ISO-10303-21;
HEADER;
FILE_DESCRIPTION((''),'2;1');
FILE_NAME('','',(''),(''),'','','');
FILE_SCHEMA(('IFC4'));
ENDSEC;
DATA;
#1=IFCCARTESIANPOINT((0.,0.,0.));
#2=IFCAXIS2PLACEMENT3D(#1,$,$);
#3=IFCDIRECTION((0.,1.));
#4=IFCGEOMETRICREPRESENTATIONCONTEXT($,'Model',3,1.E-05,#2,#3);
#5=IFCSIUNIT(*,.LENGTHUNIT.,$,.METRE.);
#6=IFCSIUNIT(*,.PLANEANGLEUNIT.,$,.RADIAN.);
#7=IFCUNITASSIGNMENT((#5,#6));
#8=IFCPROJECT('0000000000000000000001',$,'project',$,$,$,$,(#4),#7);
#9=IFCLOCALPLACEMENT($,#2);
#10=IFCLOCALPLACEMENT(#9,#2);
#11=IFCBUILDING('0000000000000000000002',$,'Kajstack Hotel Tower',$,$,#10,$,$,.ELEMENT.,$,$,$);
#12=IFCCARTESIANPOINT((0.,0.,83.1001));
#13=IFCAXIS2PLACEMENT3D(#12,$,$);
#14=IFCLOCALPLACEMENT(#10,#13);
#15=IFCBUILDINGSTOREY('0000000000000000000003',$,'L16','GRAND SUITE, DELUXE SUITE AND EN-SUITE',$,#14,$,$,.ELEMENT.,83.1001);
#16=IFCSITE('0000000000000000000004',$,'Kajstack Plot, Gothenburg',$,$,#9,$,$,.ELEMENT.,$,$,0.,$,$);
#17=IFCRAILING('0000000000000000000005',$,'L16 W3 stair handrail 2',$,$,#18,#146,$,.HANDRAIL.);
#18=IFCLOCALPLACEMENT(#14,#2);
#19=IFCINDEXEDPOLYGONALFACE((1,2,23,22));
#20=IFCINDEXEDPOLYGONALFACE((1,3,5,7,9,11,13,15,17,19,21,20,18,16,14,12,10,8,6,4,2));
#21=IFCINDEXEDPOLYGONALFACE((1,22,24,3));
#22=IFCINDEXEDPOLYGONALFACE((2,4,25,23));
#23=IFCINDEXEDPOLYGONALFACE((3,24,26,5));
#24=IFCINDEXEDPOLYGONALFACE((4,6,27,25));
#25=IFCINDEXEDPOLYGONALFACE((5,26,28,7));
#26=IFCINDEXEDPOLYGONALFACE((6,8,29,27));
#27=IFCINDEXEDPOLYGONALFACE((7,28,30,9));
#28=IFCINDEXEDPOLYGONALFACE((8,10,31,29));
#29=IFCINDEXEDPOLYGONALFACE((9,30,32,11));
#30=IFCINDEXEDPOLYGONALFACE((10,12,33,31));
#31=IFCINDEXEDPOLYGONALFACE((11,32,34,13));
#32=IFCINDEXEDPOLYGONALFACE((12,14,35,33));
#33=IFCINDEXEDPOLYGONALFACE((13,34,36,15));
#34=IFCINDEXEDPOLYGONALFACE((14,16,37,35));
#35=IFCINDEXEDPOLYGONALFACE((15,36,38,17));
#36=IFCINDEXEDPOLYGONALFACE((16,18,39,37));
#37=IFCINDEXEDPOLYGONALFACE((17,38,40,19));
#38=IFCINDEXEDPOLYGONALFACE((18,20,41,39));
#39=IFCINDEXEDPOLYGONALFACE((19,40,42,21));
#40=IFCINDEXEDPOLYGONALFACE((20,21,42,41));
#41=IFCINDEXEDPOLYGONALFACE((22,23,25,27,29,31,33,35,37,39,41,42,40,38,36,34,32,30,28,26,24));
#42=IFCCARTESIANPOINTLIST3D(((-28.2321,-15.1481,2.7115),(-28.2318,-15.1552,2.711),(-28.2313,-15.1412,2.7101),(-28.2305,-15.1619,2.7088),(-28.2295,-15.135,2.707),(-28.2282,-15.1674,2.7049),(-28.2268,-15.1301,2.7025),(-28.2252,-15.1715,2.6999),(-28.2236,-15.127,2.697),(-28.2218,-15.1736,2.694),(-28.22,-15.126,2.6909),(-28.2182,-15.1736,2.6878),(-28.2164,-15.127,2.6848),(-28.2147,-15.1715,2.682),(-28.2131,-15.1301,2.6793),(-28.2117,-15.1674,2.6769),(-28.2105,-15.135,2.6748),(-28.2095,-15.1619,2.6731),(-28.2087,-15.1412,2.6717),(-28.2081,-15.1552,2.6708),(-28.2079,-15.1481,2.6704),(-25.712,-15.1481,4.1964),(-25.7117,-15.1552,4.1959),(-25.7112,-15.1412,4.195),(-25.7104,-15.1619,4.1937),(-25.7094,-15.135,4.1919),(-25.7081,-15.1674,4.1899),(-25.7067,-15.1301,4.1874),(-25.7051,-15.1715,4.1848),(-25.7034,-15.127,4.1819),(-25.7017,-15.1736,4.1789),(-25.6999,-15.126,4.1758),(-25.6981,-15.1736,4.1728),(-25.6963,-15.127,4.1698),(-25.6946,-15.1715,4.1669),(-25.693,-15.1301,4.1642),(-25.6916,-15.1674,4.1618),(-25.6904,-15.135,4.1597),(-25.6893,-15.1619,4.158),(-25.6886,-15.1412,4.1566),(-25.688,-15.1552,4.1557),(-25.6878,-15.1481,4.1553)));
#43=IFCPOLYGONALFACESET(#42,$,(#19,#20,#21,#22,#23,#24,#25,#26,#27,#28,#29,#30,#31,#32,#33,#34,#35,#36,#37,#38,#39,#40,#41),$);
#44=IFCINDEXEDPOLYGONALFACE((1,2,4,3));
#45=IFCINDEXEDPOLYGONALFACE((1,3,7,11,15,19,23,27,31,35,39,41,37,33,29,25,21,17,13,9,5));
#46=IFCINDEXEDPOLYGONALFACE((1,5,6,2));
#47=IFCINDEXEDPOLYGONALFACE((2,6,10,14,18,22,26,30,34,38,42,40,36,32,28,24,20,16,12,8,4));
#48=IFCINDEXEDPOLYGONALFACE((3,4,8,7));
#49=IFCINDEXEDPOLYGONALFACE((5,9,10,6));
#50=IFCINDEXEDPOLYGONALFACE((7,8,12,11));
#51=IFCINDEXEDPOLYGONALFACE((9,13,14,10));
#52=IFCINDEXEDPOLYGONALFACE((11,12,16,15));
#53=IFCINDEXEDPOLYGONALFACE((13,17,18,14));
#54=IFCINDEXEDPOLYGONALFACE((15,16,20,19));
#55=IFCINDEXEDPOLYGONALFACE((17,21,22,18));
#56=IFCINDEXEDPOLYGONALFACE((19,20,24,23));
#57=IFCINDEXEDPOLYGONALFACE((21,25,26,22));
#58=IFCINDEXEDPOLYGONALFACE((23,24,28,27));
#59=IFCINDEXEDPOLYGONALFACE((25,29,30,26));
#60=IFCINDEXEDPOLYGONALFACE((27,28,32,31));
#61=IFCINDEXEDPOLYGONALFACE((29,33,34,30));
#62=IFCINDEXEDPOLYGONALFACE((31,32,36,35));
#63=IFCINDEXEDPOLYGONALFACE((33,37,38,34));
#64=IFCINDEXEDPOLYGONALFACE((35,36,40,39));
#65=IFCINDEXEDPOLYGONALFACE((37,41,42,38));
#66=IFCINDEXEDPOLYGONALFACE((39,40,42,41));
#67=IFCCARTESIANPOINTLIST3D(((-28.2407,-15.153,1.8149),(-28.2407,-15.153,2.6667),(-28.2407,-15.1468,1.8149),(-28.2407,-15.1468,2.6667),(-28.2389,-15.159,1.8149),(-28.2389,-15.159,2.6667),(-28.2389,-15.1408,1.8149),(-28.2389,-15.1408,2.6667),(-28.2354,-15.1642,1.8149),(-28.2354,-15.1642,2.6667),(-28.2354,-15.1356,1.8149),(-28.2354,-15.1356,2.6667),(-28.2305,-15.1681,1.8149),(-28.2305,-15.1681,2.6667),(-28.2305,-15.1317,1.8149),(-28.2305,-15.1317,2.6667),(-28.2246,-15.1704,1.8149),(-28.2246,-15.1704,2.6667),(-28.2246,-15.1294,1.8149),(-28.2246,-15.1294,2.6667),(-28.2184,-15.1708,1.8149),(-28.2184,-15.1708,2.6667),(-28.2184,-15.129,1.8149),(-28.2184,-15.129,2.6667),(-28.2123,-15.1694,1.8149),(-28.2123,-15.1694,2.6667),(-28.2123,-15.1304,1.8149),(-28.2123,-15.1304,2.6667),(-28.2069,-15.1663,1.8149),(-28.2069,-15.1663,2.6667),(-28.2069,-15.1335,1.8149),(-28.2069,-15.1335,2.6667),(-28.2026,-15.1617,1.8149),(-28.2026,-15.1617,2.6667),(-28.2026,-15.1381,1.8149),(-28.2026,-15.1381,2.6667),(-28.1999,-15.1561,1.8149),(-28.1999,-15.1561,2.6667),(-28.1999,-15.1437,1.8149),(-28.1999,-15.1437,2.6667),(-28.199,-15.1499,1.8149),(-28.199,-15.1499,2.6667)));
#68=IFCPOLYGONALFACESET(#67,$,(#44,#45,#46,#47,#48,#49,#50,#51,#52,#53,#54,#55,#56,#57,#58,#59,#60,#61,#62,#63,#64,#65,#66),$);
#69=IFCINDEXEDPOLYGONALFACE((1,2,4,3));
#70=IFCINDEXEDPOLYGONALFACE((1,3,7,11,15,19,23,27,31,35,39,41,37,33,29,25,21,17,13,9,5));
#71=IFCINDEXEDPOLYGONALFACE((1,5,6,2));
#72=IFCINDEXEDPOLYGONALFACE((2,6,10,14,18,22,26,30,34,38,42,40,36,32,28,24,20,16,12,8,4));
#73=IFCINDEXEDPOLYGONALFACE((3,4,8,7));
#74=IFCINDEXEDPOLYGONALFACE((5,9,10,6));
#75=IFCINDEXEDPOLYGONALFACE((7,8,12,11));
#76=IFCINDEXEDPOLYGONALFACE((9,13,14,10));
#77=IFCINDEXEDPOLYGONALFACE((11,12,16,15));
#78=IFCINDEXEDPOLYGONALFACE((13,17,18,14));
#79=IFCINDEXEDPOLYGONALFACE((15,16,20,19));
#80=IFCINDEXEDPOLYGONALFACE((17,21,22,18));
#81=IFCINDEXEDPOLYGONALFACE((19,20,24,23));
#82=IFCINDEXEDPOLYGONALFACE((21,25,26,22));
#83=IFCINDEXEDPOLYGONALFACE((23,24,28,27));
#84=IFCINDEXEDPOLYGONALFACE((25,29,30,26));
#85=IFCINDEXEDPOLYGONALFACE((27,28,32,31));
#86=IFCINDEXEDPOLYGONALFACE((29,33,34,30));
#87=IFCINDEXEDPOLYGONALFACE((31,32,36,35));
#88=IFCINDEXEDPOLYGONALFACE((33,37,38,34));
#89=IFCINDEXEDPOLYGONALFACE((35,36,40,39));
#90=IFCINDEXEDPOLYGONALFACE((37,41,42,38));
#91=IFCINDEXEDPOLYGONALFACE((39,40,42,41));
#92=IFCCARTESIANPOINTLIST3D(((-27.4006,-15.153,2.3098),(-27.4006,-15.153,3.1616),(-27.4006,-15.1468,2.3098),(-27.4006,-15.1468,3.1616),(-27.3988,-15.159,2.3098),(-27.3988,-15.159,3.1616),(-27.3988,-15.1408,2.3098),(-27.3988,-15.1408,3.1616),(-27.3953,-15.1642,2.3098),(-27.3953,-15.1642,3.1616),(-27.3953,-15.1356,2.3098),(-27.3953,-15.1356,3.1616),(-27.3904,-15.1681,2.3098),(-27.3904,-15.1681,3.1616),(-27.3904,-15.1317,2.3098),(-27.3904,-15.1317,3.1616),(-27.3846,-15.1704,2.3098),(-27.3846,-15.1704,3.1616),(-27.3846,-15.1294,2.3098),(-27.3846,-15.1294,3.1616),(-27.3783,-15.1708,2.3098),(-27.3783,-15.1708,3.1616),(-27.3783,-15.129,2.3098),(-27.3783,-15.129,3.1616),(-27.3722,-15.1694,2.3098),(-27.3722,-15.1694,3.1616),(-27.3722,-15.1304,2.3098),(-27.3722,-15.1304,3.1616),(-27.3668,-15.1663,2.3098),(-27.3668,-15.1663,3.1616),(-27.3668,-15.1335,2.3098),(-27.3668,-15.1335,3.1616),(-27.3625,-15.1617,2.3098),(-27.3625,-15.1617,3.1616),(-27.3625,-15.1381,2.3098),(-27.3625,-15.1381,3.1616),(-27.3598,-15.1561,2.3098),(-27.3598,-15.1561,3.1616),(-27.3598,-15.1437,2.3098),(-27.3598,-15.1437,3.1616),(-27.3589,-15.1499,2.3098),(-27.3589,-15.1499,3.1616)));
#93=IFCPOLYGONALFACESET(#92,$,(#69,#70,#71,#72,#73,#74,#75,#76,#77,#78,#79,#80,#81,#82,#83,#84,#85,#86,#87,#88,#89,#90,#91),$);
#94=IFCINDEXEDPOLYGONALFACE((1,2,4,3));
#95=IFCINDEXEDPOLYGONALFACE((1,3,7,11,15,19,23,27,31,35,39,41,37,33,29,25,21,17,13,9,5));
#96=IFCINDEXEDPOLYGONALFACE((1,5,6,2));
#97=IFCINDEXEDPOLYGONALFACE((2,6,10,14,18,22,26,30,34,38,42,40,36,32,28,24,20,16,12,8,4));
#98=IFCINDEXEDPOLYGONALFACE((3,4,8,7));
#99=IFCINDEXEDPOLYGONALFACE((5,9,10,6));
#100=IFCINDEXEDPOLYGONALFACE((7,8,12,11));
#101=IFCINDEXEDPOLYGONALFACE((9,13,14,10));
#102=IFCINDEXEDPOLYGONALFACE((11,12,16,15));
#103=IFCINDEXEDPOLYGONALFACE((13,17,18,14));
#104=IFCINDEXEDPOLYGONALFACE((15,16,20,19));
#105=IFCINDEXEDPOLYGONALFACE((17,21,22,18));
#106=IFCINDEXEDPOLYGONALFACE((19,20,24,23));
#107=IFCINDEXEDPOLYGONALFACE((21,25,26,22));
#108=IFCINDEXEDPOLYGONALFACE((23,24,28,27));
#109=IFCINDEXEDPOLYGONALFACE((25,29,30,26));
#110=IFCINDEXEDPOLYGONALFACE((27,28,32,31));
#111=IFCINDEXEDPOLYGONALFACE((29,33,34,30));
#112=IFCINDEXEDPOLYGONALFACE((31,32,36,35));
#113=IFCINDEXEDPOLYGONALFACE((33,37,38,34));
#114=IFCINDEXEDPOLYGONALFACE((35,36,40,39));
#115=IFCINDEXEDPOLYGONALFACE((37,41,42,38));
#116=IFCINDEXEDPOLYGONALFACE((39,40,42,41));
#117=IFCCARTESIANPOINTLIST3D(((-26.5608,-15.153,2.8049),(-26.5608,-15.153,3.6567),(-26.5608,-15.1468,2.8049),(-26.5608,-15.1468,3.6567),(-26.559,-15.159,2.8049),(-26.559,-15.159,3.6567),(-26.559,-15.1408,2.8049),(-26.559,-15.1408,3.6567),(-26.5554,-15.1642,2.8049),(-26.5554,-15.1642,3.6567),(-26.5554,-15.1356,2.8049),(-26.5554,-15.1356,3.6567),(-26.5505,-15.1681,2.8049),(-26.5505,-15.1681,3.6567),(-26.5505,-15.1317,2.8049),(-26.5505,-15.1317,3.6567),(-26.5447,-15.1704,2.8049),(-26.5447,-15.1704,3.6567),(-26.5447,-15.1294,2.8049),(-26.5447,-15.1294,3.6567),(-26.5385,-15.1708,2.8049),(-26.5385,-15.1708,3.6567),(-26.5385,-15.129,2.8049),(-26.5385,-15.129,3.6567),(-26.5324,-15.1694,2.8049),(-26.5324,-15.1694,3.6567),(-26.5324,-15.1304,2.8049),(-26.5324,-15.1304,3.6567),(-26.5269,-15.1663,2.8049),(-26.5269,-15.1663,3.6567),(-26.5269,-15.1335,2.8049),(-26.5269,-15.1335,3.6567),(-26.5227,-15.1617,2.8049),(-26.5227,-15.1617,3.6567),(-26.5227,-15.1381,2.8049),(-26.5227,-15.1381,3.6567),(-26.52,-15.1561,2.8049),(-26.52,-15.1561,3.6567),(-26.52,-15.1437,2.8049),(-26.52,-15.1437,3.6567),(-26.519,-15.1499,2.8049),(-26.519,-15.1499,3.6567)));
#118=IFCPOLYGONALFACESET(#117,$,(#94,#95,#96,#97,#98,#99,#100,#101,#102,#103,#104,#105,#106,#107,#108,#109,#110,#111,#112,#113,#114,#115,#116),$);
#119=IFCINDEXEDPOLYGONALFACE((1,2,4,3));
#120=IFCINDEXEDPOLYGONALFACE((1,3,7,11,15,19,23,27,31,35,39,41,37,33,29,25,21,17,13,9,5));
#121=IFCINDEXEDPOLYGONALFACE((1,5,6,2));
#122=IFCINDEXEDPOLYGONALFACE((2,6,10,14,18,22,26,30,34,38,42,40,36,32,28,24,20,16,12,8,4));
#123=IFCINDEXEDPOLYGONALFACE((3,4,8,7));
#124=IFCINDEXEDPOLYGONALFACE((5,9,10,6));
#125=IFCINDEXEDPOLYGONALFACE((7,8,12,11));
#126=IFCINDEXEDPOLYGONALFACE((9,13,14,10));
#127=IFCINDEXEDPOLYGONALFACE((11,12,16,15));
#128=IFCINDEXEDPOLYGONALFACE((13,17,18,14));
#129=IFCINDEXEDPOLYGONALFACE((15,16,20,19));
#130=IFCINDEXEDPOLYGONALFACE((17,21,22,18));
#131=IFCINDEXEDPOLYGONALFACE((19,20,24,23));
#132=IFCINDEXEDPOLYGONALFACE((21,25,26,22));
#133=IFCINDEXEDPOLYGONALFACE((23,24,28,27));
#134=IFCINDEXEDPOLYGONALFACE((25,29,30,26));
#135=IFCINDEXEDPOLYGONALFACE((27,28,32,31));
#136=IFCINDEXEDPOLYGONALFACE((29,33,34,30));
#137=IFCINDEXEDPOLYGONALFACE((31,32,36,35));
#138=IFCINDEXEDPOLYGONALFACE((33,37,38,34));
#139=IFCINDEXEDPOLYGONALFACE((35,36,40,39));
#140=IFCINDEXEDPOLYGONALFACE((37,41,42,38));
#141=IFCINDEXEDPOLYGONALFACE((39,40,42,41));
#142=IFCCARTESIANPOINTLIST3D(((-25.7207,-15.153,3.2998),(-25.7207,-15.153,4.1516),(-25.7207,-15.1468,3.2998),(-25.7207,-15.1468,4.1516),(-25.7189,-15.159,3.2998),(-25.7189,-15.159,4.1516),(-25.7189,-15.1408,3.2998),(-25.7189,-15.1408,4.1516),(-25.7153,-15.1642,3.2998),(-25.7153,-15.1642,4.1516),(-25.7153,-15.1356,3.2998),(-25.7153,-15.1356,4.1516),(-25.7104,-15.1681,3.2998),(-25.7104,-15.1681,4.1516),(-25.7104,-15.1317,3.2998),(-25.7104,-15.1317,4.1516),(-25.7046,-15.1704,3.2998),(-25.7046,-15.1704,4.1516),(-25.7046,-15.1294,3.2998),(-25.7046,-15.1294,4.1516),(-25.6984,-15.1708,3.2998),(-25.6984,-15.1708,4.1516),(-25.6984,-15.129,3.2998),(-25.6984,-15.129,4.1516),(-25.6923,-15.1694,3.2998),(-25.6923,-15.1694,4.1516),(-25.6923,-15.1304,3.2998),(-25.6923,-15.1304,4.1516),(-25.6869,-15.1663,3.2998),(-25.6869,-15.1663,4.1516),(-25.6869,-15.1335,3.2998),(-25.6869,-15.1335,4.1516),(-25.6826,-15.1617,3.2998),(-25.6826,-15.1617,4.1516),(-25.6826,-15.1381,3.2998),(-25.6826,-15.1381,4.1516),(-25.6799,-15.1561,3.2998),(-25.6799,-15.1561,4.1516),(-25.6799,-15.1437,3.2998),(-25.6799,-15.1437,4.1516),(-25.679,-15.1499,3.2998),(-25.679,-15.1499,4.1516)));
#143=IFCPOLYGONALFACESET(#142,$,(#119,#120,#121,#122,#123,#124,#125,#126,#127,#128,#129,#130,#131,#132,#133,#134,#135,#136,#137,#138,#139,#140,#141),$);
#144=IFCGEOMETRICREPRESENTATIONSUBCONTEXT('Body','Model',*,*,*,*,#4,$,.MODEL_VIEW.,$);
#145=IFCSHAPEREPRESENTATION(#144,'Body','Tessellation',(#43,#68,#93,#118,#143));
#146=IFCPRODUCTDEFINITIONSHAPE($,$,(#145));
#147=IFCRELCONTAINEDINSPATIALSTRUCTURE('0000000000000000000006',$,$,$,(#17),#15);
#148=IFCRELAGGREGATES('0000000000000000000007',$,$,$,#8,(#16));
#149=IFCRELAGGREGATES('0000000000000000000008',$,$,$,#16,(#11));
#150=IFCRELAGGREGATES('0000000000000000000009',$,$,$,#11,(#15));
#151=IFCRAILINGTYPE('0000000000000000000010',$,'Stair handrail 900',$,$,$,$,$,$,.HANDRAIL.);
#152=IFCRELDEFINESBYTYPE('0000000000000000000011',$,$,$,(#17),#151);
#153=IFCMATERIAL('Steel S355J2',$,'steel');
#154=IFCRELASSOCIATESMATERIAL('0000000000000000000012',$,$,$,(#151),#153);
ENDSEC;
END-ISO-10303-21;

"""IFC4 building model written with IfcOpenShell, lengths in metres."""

from ifc_helpers import new_model, si_unit, direction, frame, origin, origin_2d, place, context, subcontext, project, spatial, circle, extrude, material, type_object, element, save


model = new_model("IFC4")

# Units and contexts
model_context = context("Model", 3, precision=1e-05, world=origin(), true_north=direction((0.0, 1.0)))
body_context = subcontext(model_context, "Body", "Model", "MODEL_VIEW")
ifc_project = project(units=[si_unit("LENGTHUNIT", "METRE"), si_unit("PLANEANGLEUNIT", "RADIAN")], contexts=[model_context])

# Site, building, storey
site_placement = place(None, origin())
site = spatial("IfcSite", under=ifc_project, at=site_placement, Name="Kajstack Plot, Gothenburg", CompositionType="ELEMENT", RefElevation=0.0)
building_placement = place(site_placement, origin())
building = spatial("IfcBuilding", under=site, at=building_placement, Name="Kajstack Hotel Tower", CompositionType="ELEMENT")
storey_placement = place(building_placement, frame((0.0, 0.0, 83.1001)))
storey = spatial("IfcBuildingStorey", under=building, at=storey_placement, Name="L16", Description="GRAND SUITE, DELUXE SUITE AND EN-SUITE", CompositionType="ELEMENT", Elevation=83.1001)

# Railing
ifc_material_1 = material(Name="Steel S355J2", Category="steel")
railing_type_1 = type_object("IfcRailingType", Name="Stair handrail 900", PredefinedType="HANDRAIL", material=ifc_material_1)
railing_1_placement = place(storey_placement, frame((-28.22, -15.1499, 1.8149)))
element("IfcRailing", 1, at=railing_1_placement, inside=storey, type_object=railing_type_1, Name="L16 W3 stair handrail 2", PredefinedType="HANDRAIL", context=body_context, shape_type="SweptSolid", body=[
    extrude(circle(Radius=0.0239, at=origin_2d()), frame((0.0, 0.0, 0.876), z_axis=(0.861561, 0.0, 0.507655), x_axis=(0.0, 1.0, 0.0)), (0.0, 0.0, 1.0), 2.925),
    extrude(circle(Radius=0.021, at=origin_2d()), origin(), (0.0, 0.0, 1.0), 0.8518),
    extrude(circle(Radius=0.021, at=origin_2d()), frame((0.8401, 0.0, 0.4949)), (0.0, 0.0, 1.0), 0.8518),
    extrude(circle(Radius=0.021, at=origin_2d()), frame((1.6799, 0.0, 0.99)), (0.0, 0.0, 1.0), 0.8518),
    extrude(circle(Radius=0.021, at=origin_2d()), frame((2.52, 0.0, 1.4849)), (0.0, 0.0, 1.0), 0.8518),
])

save(model, "model.ifc")
